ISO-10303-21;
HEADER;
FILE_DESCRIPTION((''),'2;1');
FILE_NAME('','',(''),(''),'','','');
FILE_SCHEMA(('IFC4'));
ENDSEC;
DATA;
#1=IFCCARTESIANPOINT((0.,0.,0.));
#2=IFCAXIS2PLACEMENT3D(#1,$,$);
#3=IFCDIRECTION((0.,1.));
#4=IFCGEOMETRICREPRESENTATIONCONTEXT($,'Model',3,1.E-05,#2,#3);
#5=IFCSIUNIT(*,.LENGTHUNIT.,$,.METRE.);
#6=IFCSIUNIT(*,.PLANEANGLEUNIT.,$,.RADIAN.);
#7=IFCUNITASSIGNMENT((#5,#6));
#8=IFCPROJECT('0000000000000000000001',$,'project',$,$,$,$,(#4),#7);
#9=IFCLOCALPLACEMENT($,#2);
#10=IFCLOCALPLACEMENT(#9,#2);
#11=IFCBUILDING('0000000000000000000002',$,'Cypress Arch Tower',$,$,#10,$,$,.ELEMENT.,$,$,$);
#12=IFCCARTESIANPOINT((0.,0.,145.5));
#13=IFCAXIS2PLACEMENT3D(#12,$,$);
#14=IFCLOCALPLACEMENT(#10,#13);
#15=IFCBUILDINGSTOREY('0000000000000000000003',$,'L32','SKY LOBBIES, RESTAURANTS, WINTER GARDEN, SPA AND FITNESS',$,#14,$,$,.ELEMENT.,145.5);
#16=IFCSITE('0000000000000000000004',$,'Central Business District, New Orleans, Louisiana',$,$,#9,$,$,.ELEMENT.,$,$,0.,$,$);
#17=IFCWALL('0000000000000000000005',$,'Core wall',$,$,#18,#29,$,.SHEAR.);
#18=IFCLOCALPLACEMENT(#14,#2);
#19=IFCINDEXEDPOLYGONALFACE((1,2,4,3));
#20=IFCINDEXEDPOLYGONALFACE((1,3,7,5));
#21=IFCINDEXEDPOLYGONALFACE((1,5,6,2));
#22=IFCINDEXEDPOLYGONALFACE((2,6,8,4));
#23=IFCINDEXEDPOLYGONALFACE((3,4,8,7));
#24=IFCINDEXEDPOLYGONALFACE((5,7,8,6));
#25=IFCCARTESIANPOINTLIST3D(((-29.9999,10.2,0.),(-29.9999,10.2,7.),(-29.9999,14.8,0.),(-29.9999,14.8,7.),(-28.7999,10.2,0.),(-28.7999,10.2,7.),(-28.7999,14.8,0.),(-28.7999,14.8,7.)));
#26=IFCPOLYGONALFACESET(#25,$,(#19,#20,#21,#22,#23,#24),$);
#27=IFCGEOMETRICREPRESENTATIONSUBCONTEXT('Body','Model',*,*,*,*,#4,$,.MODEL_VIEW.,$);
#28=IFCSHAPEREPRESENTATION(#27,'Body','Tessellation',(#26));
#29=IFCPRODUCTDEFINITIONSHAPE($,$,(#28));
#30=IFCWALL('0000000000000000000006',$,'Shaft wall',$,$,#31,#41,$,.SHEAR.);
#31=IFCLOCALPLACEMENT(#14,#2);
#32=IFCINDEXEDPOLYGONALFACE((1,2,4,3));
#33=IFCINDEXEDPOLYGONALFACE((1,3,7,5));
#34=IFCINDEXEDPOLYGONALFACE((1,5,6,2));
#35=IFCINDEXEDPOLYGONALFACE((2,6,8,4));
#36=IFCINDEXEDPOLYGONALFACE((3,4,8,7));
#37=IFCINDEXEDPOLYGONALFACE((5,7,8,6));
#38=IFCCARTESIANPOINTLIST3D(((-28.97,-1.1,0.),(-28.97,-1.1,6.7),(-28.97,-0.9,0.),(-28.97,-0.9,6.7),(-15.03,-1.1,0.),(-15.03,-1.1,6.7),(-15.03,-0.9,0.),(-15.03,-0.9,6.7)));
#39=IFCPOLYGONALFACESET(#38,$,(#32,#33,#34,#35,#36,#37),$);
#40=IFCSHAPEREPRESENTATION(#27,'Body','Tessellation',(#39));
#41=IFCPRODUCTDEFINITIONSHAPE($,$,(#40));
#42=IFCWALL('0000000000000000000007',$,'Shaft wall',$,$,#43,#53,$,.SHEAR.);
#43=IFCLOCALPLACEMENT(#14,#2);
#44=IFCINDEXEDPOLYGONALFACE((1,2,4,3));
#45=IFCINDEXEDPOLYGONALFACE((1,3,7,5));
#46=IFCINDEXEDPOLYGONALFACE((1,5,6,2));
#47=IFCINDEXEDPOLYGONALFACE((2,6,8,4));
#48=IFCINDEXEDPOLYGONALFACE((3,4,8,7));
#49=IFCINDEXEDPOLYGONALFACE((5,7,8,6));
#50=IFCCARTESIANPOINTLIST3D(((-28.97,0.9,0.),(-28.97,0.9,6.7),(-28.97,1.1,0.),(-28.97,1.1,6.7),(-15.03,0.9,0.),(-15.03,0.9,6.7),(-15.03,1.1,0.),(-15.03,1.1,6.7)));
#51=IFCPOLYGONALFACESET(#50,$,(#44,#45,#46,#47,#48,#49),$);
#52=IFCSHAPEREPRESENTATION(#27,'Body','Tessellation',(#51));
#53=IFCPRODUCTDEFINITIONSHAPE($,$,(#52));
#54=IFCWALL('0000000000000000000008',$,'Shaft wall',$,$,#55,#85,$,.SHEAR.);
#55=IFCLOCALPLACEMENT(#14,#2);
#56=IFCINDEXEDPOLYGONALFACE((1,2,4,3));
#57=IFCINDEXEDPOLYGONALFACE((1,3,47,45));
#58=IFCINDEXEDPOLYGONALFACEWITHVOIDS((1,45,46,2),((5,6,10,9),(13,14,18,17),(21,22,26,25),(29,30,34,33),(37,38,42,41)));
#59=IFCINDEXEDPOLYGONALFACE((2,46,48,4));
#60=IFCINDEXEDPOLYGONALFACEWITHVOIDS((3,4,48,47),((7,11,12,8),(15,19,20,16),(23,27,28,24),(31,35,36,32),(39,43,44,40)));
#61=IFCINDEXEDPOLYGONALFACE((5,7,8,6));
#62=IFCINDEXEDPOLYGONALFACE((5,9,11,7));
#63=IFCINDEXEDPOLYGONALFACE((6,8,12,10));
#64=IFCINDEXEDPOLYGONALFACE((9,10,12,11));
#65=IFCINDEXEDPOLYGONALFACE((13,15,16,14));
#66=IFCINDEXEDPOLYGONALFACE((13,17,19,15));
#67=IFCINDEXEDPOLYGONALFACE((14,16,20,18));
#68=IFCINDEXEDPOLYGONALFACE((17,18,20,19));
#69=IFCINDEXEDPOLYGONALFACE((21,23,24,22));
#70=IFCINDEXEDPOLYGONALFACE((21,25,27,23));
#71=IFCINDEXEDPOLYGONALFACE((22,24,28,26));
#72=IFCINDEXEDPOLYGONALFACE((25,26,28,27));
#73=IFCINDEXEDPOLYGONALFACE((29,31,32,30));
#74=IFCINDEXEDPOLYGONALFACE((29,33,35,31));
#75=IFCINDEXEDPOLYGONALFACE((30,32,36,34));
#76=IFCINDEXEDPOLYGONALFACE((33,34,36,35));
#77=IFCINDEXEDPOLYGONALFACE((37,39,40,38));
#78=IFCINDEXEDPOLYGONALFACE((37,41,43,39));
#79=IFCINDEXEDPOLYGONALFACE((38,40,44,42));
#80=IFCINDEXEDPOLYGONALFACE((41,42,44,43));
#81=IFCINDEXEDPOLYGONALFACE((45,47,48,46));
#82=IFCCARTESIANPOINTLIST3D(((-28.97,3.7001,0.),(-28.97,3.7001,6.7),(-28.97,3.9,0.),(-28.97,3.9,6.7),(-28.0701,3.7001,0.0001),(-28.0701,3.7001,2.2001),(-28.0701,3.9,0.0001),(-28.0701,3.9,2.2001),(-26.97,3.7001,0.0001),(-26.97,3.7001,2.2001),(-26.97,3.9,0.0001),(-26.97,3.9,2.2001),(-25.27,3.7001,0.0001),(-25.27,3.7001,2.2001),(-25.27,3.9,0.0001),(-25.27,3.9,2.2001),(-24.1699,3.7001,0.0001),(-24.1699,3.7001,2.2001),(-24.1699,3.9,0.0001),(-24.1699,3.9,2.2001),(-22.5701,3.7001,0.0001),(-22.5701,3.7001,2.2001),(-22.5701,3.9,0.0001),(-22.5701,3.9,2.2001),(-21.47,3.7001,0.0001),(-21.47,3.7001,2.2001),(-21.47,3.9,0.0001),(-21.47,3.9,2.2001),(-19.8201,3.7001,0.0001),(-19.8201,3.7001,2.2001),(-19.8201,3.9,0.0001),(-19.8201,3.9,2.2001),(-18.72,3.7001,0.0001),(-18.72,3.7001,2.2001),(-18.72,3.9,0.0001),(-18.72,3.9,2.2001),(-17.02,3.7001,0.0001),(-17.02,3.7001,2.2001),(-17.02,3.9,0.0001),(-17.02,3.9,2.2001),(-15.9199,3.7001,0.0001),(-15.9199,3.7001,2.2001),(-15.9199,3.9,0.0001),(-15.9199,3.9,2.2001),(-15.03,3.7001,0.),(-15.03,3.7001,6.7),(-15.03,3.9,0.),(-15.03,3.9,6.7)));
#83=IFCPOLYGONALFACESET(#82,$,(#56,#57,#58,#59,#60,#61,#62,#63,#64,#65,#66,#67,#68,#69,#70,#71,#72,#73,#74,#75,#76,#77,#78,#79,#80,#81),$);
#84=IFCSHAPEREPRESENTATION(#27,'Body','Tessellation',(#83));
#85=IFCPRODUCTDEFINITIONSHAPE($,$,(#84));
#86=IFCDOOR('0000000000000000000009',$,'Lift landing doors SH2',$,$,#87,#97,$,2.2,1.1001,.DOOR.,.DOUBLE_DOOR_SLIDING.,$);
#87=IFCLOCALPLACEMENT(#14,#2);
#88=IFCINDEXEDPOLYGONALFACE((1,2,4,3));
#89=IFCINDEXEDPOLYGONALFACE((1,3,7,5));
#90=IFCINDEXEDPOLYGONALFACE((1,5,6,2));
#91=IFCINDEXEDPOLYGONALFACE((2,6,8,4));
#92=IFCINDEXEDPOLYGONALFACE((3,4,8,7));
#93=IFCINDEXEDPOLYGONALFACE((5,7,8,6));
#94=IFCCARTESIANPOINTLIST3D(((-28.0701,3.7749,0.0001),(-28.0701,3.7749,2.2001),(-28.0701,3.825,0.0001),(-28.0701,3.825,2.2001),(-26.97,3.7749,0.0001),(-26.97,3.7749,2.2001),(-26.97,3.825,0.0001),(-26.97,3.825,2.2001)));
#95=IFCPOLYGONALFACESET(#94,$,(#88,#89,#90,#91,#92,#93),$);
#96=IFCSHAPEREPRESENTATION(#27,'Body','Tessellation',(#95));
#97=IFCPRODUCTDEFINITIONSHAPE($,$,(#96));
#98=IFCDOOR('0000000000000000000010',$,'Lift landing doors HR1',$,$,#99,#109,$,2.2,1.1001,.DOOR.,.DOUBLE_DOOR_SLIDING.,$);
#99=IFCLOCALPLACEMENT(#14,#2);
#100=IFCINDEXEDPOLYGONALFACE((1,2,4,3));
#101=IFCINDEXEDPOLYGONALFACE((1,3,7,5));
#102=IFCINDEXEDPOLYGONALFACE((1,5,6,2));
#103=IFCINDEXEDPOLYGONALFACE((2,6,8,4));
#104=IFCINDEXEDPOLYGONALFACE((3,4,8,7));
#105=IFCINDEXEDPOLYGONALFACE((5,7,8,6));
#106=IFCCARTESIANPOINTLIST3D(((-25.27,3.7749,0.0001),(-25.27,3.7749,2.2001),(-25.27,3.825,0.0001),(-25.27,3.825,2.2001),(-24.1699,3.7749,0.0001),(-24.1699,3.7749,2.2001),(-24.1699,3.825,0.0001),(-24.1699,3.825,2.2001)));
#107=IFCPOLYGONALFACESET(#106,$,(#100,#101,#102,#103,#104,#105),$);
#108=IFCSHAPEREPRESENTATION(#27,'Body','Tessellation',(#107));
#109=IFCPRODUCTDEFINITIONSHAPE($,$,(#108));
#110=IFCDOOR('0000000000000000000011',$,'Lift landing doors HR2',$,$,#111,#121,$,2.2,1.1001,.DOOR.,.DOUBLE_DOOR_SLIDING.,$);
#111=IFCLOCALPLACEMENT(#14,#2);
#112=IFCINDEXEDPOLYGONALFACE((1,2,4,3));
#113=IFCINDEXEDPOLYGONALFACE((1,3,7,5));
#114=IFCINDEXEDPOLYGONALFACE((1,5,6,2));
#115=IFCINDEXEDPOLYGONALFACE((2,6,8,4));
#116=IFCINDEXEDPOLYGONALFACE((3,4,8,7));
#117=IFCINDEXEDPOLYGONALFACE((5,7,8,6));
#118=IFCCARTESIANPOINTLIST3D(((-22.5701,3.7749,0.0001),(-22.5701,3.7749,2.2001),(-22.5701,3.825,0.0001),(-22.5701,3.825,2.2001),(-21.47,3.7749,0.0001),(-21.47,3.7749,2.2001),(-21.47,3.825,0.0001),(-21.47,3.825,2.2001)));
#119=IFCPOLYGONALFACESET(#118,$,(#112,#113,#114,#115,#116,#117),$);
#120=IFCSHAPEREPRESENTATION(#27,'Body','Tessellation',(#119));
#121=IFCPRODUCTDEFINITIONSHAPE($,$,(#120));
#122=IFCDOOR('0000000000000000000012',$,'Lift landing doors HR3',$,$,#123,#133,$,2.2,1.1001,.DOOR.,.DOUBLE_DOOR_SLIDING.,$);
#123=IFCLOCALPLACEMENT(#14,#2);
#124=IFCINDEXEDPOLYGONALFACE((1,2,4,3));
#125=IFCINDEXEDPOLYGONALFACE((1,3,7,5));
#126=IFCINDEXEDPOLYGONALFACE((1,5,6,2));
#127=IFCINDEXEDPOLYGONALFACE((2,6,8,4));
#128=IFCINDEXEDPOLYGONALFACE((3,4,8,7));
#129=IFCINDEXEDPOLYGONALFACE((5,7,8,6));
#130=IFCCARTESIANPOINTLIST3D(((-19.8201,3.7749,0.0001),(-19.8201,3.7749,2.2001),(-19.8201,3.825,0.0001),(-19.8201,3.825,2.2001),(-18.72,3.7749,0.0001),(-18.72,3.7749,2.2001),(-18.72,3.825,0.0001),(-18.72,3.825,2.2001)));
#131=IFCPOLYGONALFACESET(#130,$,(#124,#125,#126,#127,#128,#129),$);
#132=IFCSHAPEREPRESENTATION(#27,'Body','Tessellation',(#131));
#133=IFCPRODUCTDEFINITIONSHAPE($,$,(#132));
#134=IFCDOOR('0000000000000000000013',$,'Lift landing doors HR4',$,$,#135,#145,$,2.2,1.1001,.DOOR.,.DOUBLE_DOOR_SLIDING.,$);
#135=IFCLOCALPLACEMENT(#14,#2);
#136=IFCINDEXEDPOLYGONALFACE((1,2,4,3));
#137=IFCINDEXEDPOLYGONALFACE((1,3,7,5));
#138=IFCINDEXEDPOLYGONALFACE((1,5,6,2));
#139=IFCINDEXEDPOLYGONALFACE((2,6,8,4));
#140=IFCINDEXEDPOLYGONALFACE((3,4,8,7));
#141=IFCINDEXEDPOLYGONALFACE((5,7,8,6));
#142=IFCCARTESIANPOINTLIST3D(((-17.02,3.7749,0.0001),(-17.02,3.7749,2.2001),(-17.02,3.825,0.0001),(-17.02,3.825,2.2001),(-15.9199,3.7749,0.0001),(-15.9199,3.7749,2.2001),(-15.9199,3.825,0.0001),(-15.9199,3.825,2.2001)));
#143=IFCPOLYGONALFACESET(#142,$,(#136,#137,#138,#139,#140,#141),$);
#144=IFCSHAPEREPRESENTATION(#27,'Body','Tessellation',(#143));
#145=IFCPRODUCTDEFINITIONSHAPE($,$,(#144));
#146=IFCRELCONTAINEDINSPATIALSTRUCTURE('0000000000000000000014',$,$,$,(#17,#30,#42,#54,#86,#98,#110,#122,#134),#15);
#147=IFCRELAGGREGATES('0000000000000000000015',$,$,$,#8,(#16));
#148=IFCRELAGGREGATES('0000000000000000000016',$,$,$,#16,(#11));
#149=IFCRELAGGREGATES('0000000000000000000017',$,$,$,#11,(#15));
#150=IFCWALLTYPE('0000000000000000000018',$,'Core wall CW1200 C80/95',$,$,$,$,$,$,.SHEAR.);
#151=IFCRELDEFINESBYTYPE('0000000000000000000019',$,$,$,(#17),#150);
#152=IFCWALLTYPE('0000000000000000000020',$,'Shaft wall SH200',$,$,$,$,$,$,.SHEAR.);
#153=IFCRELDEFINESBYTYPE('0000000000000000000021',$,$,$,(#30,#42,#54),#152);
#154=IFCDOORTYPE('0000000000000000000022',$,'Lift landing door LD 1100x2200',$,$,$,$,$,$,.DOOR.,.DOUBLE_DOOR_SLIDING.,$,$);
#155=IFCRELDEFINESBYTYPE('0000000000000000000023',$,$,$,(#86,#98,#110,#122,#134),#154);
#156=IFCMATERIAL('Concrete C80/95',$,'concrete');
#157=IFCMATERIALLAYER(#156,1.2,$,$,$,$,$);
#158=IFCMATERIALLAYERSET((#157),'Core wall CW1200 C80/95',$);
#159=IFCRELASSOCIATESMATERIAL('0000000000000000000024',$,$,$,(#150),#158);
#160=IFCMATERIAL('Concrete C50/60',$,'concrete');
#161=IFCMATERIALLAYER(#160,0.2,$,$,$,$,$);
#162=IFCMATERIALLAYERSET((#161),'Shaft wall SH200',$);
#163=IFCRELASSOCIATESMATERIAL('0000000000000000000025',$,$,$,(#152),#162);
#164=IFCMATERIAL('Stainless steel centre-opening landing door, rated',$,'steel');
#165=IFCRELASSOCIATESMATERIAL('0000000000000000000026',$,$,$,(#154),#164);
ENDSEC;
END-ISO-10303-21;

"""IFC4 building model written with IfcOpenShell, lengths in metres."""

from ifc_helpers import new_model, si_unit, direction, frame, frame_2d, origin, place, context, subcontext, project, spatial, rectangle, extrude, material, layer, layer_set, type_object, element, fill, save


model = new_model("IFC4")

# Units and contexts
model_context = context("Model", 3, precision=1e-05, world=origin(), true_north=direction((0.0, 1.0)))
body_context = subcontext(model_context, "Body", "Model", "MODEL_VIEW")
ifc_project = project(units=[si_unit("LENGTHUNIT", "METRE"), si_unit("PLANEANGLEUNIT", "RADIAN")], contexts=[model_context])

# Site, building, storey
site_placement = place(None, origin())
site = spatial("IfcSite", under=ifc_project, at=site_placement, Name="Central Business District, New Orleans, Louisiana", CompositionType="ELEMENT", RefElevation=0.0)
building_placement = place(site_placement, origin())
building = spatial("IfcBuilding", under=site, at=building_placement, Name="Cypress Arch Tower", CompositionType="ELEMENT")
storey_placement = place(building_placement, frame((0.0, 0.0, 145.5)))
storey = spatial("IfcBuildingStorey", under=building, at=storey_placement, Name="L32", Description="SKY LOBBIES, RESTAURANTS, WINTER GARDEN, SPA AND FITNESS", CompositionType="ELEMENT", Elevation=145.5)

# Walls
ifc_material_1 = material(Name="Concrete C80/95", Category="concrete")
ifc_layer_1 = layer(ifc_material_1, 1.2)
ifc_layer_set_1 = layer_set([ifc_layer_1], Name="Core wall CW1200 C80/95")
wall_type_1 = type_object("IfcWallType", Name="Core wall CW1200 C80/95", PredefinedType="SHEAR", material=ifc_layer_set_1)
wall_1_placement = place(storey_placement, frame((-29.3999, 10.2, 0.0), z_axis=(0.0, 0.0, 1.0), x_axis=(0.0, 1.0, 0.0)))
element("IfcWall", 1, at=wall_1_placement, inside=storey, type_object=wall_type_1, Name="Core wall", PredefinedType="SHEAR", context=body_context, shape_type="SweptSolid", body=[
    extrude(rectangle(XDim=4.6001, YDim=1.2, at=frame_2d((2.3, 0.0))), origin(), (0.0, 0.0, 1.0), 7.0),
])
ifc_material_2 = material(Name="Concrete C50/60", Category="concrete")
ifc_layer_2 = layer(ifc_material_2, 0.2)
ifc_layer_set_2 = layer_set([ifc_layer_2], Name="Shaft wall SH200")
wall_type_2 = type_object("IfcWallType", Name="Shaft wall SH200", PredefinedType="SHEAR", material=ifc_layer_set_2)
for number, where, z_axis, x_axis, name in (
    (2, (-28.97, -1.0, 0.0), (0.0, 0.0, 1.0), (1.0, 0.0, 0.0), "Shaft wall"),
    (3, (-28.97, 1.0, 0.0), (0.0, 0.0, 1.0), (1.0, 0.0, 0.0), "Shaft wall"),
):
    element("IfcWall", number, at=place(storey_placement, frame(where, z_axis=z_axis, x_axis=x_axis)), inside=storey, type_object=wall_type_2, Name=name, PredefinedType="SHEAR", context=body_context, shape_type="SweptSolid", body=[
        extrude(rectangle(XDim=13.9399, YDim=0.2, at=frame_2d((6.97, 0.0))), origin(), (0.0, 0.0, 1.0), 6.7),
    ])

# Wall, openings, doors
wall_2_placement = place(storey_placement, frame((-28.97, 3.8, 0.0), z_axis=(0.0, 0.0, 1.0), x_axis=(1.0, 0.0, 0.0)))
wall_2 = element("IfcWall", 4, at=wall_2_placement, inside=storey, type_object=wall_type_2, Name="Shaft wall", PredefinedType="SHEAR", context=body_context, shape_type="SweptSolid", body=[
    extrude(rectangle(XDim=13.9399, YDim=0.2, at=frame_2d((6.97, 0.0))), origin(), (0.0, 0.0, 1.0), 6.7),
])
opening_1_placement = place(wall_2_placement, frame((0.8999, 0.0, 0.0)))
opening_1 = element("IfcOpeningElement", 5, at=opening_1_placement, cuts=wall_2, PredefinedType="OPENING", context=body_context, shape_type="SweptSolid", body=[
    extrude(rectangle(XDim=1.1001, YDim=2.2, at=frame_2d((0.55, 1.1001))), frame((0.0, 0.1099, 0.0), z_axis=(0.0, -1.0, 0.0), x_axis=(1.0, 0.0, 0.0)), (0.0, 0.0, 1.0), 0.22),
])
opening_2_placement = place(wall_2_placement, frame((3.7, 0.0, 0.0)))
opening_2 = element("IfcOpeningElement", 6, at=opening_2_placement, cuts=wall_2, PredefinedType="OPENING", context=body_context, shape_type="SweptSolid", body=[
    extrude(rectangle(XDim=1.1001, YDim=2.2, at=frame_2d((0.55, 1.1001))), frame((0.0, 0.1099, 0.0), z_axis=(0.0, -1.0, 0.0), x_axis=(1.0, 0.0, 0.0)), (0.0, 0.0, 1.0), 0.22),
])
opening_3_placement = place(wall_2_placement, frame((6.3999, 0.0, 0.0)))
opening_3 = element("IfcOpeningElement", 7, at=opening_3_placement, cuts=wall_2, PredefinedType="OPENING", context=body_context, shape_type="SweptSolid", body=[
    extrude(rectangle(XDim=1.1001, YDim=2.2, at=frame_2d((0.55, 1.1001))), frame((0.0, 0.1099, 0.0), z_axis=(0.0, -1.0, 0.0), x_axis=(1.0, 0.0, 0.0)), (0.0, 0.0, 1.0), 0.22),
])
opening_4_placement = place(wall_2_placement, frame((9.1499, 0.0, 0.0)))
opening_4 = element("IfcOpeningElement", 8, at=opening_4_placement, cuts=wall_2, PredefinedType="OPENING", context=body_context, shape_type="SweptSolid", body=[
    extrude(rectangle(XDim=1.1001, YDim=2.2, at=frame_2d((0.55, 1.1001))), frame((0.0, 0.1099, 0.0), z_axis=(0.0, -1.0, 0.0), x_axis=(1.0, 0.0, 0.0)), (0.0, 0.0, 1.0), 0.22),
])
opening_5_placement = place(wall_2_placement, frame((11.95, 0.0, 0.0)))
opening_5 = element("IfcOpeningElement", 9, at=opening_5_placement, cuts=wall_2, PredefinedType="OPENING", context=body_context, shape_type="SweptSolid", body=[
    extrude(rectangle(XDim=1.1001, YDim=2.2, at=frame_2d((0.55, 1.1001))), frame((0.0, 0.1099, 0.0), z_axis=(0.0, -1.0, 0.0), x_axis=(1.0, 0.0, 0.0)), (0.0, 0.0, 1.0), 0.22),
])
ifc_material_3 = material(Name="Stainless steel centre-opening landing door, rated", Category="steel")
door_type = type_object("IfcDoorType", Name="Lift landing door LD 1100x2200", OperationType="DOUBLE_DOOR_SLIDING", PredefinedType="DOOR", material=ifc_material_3)
door_1_placement = place(opening_1_placement, origin())
door_1 = element("IfcDoor", 10, at=door_1_placement, inside=storey, type_object=door_type, Name="Lift landing doors SH2", OperationType="DOUBLE_DOOR_SLIDING", OverallHeight=2.2, OverallWidth=1.1001, PredefinedType="DOOR", context=body_context, shape_type="SweptSolid", body=[
    extrude(rectangle(XDim=1.1001, YDim=2.2, at=frame_2d((0.55, 1.1001))), frame((0.0, 0.0249, 0.0), z_axis=(0.0, -1.0, 0.0), x_axis=(1.0, 0.0, 0.0)), (0.0, 0.0, 1.0), 0.05),
])
fill(opening_1, door_1)
door_2_placement = place(opening_2_placement, origin())
door_2 = element("IfcDoor", 11, at=door_2_placement, inside=storey, type_object=door_type, Name="Lift landing doors HR1", OperationType="DOUBLE_DOOR_SLIDING", OverallHeight=2.2, OverallWidth=1.1001, PredefinedType="DOOR", context=body_context, shape_type="SweptSolid", body=[
    extrude(rectangle(XDim=1.1001, YDim=2.2, at=frame_2d((0.55, 1.1001))), frame((0.0, 0.0249, 0.0), z_axis=(0.0, -1.0, 0.0), x_axis=(1.0, 0.0, 0.0)), (0.0, 0.0, 1.0), 0.05),
])
fill(opening_2, door_2)
door_3_placement = place(opening_3_placement, origin())
door_3 = element("IfcDoor", 12, at=door_3_placement, inside=storey, type_object=door_type, Name="Lift landing doors HR2", OperationType="DOUBLE_DOOR_SLIDING", OverallHeight=2.2, OverallWidth=1.1001, PredefinedType="DOOR", context=body_context, shape_type="SweptSolid", body=[
    extrude(rectangle(XDim=1.1001, YDim=2.2, at=frame_2d((0.55, 1.1001))), frame((0.0, 0.0249, 0.0), z_axis=(0.0, -1.0, 0.0), x_axis=(1.0, 0.0, 0.0)), (0.0, 0.0, 1.0), 0.05),
])
fill(opening_3, door_3)
door_4_placement = place(opening_4_placement, origin())
door_4 = element("IfcDoor", 13, at=door_4_placement, inside=storey, type_object=door_type, Name="Lift landing doors HR3", OperationType="DOUBLE_DOOR_SLIDING", OverallHeight=2.2, OverallWidth=1.1001, PredefinedType="DOOR", context=body_context, shape_type="SweptSolid", body=[
    extrude(rectangle(XDim=1.1001, YDim=2.2, at=frame_2d((0.55, 1.1001))), frame((0.0, 0.0249, 0.0), z_axis=(0.0, -1.0, 0.0), x_axis=(1.0, 0.0, 0.0)), (0.0, 0.0, 1.0), 0.05),
])
fill(opening_4, door_4)
door_5_placement = place(opening_5_placement, origin())
door_5 = element("IfcDoor", 14, at=door_5_placement, inside=storey, type_object=door_type, Name="Lift landing doors HR4", OperationType="DOUBLE_DOOR_SLIDING", OverallHeight=2.2, OverallWidth=1.1001, PredefinedType="DOOR", context=body_context, shape_type="SweptSolid", body=[
    extrude(rectangle(XDim=1.1001, YDim=2.2, at=frame_2d((0.55, 1.1001))), frame((0.0, 0.0249, 0.0), z_axis=(0.0, -1.0, 0.0), x_axis=(1.0, 0.0, 0.0)), (0.0, 0.0, 1.0), 0.05),
])
fill(opening_5, door_5)

save(model, "model.ifc")
